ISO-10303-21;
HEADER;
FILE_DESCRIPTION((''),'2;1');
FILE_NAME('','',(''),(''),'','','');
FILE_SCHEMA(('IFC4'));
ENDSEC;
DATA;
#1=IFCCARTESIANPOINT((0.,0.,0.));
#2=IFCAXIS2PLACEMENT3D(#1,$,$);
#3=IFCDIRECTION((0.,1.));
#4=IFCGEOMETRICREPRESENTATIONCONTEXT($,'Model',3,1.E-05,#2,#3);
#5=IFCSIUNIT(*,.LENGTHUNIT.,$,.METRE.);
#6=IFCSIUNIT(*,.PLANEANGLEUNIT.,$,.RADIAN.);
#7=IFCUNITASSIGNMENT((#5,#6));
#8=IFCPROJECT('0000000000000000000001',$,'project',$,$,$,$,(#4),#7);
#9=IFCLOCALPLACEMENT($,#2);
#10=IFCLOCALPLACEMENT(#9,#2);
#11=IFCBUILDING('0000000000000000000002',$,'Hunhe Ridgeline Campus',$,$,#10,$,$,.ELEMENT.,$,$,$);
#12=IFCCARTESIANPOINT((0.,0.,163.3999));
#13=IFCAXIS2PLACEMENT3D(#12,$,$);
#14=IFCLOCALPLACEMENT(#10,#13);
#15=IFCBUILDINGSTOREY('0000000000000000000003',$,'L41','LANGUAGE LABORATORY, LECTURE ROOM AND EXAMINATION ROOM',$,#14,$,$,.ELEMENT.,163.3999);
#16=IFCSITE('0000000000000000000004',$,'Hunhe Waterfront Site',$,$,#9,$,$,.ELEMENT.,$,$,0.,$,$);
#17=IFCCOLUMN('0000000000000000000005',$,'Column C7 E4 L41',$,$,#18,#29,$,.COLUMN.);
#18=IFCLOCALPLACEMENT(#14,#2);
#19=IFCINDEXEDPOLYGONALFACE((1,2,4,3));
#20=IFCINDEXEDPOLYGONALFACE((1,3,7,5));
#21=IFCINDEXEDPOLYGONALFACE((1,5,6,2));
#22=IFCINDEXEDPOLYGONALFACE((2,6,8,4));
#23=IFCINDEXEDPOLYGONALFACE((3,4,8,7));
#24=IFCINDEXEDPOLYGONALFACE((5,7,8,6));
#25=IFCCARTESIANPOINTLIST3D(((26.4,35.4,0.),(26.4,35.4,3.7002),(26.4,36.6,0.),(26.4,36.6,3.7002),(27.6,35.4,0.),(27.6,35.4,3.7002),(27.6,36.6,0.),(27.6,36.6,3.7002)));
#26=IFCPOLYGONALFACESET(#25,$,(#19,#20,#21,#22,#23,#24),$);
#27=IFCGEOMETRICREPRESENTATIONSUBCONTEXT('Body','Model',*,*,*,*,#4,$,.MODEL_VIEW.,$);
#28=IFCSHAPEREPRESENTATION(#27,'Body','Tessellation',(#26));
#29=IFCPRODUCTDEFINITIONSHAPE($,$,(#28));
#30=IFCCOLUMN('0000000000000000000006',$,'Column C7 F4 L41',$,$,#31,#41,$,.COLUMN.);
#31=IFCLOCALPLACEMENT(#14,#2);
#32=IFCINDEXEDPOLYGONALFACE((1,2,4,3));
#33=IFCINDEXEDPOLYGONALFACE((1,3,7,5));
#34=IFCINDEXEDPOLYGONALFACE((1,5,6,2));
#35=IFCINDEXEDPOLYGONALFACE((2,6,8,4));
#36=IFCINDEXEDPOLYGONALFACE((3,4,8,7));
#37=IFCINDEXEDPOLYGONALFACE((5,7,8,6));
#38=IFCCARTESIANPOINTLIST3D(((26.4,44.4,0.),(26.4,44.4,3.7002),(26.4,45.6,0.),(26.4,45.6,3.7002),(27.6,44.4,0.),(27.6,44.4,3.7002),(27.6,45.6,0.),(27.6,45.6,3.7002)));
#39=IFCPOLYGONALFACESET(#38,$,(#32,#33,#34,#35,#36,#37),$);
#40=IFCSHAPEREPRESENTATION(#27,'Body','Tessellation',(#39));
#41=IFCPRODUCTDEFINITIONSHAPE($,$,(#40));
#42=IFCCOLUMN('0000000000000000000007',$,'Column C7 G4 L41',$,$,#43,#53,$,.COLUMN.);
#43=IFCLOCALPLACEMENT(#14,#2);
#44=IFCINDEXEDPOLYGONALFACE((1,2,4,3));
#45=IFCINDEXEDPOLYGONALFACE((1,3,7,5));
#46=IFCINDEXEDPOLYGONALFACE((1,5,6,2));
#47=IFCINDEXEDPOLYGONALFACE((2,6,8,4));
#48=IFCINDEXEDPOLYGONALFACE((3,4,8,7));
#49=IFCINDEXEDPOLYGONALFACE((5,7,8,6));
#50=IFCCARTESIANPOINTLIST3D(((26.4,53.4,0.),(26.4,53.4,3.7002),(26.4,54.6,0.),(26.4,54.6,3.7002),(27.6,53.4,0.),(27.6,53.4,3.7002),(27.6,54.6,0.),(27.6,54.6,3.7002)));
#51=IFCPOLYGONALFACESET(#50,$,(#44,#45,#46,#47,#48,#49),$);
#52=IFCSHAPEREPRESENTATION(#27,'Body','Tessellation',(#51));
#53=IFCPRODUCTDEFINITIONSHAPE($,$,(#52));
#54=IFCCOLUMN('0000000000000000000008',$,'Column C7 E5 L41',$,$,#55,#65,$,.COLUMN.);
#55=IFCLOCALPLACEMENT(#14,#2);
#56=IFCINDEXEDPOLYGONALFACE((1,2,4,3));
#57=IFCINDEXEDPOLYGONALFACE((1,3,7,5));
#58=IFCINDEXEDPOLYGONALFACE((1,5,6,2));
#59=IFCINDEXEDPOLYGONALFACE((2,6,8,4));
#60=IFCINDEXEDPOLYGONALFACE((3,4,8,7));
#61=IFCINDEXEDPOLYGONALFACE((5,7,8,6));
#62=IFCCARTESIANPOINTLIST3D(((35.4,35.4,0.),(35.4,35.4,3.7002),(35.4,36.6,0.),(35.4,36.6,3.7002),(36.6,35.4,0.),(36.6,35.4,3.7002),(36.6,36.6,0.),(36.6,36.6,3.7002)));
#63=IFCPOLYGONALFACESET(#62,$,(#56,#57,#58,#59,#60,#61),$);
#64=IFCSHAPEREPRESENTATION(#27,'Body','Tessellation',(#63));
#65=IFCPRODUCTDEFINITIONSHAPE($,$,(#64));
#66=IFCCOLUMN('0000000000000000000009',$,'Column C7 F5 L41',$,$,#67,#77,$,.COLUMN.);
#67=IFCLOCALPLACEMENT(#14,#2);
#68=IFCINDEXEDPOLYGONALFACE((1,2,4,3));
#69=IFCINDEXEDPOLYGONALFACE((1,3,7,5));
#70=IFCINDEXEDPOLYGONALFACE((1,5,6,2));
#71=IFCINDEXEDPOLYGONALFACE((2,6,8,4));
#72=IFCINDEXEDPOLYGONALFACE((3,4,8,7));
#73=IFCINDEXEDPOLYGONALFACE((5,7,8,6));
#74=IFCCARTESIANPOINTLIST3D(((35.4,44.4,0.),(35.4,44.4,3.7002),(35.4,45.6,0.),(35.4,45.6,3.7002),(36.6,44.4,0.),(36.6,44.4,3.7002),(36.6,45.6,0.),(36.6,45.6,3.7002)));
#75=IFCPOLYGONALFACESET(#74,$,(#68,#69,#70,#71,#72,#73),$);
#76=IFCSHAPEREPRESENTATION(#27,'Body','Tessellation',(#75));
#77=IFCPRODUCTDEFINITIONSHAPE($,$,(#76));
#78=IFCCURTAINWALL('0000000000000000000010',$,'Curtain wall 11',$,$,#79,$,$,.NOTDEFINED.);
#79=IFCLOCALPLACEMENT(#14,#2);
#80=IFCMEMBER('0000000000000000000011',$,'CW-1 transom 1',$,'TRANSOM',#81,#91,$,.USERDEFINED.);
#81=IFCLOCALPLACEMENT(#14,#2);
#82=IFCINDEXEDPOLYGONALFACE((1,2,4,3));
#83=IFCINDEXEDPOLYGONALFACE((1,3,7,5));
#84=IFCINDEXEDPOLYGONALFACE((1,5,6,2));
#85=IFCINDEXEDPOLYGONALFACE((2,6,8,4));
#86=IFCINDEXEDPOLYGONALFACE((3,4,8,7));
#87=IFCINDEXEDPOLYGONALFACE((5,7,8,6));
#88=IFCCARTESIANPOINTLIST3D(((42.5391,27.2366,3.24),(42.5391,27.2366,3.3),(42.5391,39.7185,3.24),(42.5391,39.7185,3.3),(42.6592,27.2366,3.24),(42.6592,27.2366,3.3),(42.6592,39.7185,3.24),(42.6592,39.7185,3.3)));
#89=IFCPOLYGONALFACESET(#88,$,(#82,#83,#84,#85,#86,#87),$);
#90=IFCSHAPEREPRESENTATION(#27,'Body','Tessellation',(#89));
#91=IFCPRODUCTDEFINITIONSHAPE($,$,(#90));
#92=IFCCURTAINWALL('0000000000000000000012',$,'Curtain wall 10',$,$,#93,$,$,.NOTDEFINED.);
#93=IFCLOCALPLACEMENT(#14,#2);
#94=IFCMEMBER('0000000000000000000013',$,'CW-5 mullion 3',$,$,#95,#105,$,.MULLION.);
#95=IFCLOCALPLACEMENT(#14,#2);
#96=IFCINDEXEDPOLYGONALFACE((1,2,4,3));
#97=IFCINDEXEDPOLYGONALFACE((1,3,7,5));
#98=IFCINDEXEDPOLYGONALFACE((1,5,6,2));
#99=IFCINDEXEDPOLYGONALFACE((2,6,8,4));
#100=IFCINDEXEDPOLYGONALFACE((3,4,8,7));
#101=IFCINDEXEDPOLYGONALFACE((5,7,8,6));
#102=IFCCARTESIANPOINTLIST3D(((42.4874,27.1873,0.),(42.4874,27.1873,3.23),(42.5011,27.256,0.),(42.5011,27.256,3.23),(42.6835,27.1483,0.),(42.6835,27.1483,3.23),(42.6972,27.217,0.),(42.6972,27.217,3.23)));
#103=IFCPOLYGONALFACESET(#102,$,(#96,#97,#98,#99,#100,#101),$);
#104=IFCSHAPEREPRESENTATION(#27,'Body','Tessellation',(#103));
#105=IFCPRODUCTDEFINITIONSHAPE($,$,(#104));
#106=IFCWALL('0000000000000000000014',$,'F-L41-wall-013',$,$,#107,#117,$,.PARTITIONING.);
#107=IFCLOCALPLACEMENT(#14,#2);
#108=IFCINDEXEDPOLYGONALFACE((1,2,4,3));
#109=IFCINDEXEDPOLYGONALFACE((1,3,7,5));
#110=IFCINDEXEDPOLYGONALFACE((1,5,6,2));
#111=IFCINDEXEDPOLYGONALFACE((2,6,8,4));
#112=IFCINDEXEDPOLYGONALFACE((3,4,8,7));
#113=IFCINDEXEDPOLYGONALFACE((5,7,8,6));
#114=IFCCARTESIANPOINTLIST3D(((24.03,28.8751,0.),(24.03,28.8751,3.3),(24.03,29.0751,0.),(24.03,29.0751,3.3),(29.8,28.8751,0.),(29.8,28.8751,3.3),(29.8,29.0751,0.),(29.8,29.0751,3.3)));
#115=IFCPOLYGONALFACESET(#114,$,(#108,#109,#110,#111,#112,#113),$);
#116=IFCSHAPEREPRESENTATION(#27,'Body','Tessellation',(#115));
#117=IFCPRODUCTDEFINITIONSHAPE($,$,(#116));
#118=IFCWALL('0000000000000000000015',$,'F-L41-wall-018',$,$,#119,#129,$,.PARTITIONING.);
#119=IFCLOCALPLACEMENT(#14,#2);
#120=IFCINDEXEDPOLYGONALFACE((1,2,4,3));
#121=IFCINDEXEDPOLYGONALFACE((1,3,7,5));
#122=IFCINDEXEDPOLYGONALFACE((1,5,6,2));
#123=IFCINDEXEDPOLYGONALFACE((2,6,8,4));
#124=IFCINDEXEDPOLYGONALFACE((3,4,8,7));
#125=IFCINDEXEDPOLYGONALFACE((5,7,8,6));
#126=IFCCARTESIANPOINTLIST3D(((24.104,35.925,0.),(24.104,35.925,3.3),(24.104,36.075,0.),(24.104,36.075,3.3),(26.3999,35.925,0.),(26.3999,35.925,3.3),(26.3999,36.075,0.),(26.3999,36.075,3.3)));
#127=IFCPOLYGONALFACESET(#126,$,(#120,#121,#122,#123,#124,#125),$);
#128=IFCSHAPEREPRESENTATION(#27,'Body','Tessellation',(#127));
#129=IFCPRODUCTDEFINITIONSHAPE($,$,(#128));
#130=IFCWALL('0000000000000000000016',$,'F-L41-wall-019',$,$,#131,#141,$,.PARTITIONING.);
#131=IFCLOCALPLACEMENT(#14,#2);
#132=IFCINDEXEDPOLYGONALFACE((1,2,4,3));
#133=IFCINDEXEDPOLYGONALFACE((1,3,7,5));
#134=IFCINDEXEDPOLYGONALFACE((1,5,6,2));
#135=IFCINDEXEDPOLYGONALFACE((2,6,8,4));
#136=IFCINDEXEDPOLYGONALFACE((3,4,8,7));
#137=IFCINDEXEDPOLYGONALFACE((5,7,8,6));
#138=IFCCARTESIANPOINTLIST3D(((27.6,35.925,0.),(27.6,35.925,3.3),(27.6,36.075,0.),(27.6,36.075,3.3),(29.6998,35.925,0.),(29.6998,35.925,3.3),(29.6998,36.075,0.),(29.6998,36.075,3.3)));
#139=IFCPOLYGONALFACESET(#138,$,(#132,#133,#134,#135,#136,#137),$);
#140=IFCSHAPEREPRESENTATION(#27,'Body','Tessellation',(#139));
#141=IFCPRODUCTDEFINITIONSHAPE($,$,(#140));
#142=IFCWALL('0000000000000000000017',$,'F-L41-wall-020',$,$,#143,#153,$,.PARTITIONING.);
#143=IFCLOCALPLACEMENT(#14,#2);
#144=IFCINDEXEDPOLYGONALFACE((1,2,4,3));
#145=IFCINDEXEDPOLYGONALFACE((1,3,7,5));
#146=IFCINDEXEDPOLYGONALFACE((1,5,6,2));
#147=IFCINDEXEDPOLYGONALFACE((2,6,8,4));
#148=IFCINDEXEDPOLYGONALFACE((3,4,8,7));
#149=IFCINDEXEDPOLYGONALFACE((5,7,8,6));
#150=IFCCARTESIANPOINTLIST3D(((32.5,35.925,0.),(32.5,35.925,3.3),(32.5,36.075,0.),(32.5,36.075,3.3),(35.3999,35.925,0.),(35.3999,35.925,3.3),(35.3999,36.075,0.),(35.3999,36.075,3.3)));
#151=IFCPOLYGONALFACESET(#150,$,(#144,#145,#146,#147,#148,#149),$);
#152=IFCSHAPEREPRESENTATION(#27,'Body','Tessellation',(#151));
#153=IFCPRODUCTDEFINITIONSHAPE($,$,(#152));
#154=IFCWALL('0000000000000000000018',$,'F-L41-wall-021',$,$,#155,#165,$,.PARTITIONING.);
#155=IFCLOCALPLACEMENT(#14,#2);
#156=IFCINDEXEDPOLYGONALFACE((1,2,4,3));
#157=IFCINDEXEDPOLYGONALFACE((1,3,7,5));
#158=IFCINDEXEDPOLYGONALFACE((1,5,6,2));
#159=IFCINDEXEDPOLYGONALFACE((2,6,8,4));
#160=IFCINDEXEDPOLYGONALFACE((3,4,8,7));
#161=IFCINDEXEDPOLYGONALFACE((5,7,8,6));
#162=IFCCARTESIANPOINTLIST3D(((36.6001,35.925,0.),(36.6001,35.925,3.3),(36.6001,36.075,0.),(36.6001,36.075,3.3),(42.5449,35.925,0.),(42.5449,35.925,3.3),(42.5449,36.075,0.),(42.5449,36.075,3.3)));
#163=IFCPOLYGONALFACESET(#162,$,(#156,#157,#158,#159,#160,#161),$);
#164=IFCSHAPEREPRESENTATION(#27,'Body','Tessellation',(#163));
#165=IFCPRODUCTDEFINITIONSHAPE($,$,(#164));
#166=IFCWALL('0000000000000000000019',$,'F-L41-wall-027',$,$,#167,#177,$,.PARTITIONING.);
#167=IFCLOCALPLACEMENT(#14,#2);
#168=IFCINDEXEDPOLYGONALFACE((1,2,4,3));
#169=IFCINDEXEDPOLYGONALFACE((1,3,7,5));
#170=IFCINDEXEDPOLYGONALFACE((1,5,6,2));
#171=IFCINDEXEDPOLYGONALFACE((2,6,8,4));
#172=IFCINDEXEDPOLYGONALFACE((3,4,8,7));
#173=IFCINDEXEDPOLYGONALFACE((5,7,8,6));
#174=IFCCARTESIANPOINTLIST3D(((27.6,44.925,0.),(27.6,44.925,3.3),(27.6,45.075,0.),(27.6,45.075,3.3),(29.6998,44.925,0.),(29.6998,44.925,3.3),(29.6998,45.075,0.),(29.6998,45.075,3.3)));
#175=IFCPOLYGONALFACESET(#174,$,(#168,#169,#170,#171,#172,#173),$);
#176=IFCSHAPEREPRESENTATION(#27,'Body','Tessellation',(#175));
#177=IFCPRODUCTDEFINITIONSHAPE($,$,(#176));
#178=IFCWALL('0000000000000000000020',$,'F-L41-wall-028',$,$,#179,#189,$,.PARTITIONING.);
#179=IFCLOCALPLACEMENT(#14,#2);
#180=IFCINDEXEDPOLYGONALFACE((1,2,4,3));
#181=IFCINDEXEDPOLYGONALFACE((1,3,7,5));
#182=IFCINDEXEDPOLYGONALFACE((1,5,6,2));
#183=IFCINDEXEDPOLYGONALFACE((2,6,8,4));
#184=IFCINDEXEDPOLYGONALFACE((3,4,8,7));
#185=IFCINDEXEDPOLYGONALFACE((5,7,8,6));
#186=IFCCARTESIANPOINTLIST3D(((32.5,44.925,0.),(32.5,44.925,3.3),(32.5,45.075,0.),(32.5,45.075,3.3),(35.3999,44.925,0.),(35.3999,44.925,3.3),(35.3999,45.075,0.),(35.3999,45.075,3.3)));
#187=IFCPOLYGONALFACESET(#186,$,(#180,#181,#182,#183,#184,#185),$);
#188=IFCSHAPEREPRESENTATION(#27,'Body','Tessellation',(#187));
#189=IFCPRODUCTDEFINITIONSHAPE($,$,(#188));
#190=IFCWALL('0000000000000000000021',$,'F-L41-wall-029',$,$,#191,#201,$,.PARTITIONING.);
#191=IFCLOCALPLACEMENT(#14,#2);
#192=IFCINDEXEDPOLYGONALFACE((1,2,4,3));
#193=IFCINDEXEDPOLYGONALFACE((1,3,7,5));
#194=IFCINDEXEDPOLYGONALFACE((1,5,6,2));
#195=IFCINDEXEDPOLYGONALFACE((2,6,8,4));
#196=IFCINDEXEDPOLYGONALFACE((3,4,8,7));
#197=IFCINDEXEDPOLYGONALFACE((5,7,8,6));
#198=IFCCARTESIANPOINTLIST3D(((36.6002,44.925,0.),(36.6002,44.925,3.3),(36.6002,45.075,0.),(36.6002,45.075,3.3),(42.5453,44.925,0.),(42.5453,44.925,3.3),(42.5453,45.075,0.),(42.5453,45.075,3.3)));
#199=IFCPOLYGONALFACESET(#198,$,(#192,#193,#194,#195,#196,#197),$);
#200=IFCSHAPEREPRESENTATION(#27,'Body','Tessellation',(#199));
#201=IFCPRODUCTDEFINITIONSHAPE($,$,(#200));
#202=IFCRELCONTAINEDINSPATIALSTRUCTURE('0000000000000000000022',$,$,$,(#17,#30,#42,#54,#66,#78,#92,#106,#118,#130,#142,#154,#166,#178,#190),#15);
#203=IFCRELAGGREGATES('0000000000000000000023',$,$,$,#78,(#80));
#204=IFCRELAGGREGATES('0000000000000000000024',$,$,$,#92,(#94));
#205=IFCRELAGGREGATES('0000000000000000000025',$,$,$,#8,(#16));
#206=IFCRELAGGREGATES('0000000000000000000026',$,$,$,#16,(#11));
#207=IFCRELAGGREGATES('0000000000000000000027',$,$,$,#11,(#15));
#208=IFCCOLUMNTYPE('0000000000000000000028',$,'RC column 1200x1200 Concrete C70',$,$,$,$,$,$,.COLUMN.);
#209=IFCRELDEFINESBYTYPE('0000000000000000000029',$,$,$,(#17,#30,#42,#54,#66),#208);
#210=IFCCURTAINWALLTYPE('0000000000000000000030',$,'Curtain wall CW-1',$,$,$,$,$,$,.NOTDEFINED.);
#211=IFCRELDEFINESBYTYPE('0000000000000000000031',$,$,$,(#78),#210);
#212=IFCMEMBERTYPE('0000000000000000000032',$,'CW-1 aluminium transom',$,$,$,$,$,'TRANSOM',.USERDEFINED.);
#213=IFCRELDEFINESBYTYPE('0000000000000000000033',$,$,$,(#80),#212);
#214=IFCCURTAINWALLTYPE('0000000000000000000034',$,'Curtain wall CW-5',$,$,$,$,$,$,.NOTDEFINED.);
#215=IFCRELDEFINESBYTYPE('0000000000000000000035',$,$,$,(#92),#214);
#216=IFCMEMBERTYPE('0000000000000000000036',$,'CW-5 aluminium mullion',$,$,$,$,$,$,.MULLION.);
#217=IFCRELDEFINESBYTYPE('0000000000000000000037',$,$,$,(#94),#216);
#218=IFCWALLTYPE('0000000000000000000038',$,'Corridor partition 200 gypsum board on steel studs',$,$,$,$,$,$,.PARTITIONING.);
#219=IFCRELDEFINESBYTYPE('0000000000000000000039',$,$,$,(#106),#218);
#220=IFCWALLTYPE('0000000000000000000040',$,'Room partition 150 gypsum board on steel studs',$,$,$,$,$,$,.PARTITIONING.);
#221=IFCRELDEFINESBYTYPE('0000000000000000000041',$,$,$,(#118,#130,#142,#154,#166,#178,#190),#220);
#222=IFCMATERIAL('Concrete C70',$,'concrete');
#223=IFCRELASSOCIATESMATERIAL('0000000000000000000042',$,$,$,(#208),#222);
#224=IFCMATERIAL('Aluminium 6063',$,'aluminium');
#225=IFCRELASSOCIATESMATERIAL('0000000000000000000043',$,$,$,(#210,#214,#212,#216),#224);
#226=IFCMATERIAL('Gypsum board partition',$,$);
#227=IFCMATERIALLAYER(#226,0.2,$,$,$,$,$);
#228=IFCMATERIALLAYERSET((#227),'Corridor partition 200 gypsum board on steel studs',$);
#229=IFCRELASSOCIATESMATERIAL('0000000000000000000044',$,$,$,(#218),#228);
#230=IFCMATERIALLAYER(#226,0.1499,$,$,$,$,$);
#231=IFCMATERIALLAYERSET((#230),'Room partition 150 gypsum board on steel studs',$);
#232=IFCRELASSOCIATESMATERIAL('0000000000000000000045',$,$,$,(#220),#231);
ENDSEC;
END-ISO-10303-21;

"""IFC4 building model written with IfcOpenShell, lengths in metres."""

from ifc_helpers import new_model, si_unit, direction, frame, frame_2d, origin, origin_2d, place, context, subcontext, project, spatial, rectangle, extrude, material, layer, layer_set, material_profile, profile_set, type_object, element, aggregate, save


model = new_model("IFC4")

# Units and contexts
model_context = context("Model", 3, precision=1e-05, world=origin(), true_north=direction((0.0, 1.0)))
body_context = subcontext(model_context, "Body", "Model", "MODEL_VIEW")
ifc_project = project(units=[si_unit("LENGTHUNIT", "METRE"), si_unit("PLANEANGLEUNIT", "RADIAN")], contexts=[model_context])

# Site, building, storey
site_placement = place(None, origin())
site = spatial("IfcSite", under=ifc_project, at=site_placement, Name="Hunhe Waterfront Site", CompositionType="ELEMENT", RefElevation=0.0)
building_placement = place(site_placement, origin())
building = spatial("IfcBuilding", under=site, at=building_placement, Name="Hunhe Ridgeline Campus", CompositionType="ELEMENT")
storey_placement = place(building_placement, frame((0.0, 0.0, 163.3999)))
storey = spatial("IfcBuildingStorey", under=building, at=storey_placement, Name="L41", Description="LANGUAGE LABORATORY, LECTURE ROOM AND EXAMINATION ROOM", CompositionType="ELEMENT", Elevation=163.3999)

# Columns
ifc_material_1 = material(Name="Concrete C70", Category="concrete")
ifc_material_profile_1 = material_profile(ifc_material_1, rectangle(XDim=1.2, YDim=1.2, at=origin_2d()))
ifc_profile_set_1 = profile_set([ifc_material_profile_1], Name="Concrete C70")
column_type = type_object("IfcColumnType", Name="RC column 1200x1200 Concrete C70", PredefinedType="COLUMN", material=ifc_profile_set_1)
for number, where, z_axis, x_axis, name in (
    (1, (27.0, 36.0, 0.0), (0.0, 0.0, 1.0), (1.0, 0.0, 0.0), "Column C7 E4 L41"),
    (2, (27.0, 45.0, 0.0), (0.0, 0.0, 1.0), (1.0, 0.0, 0.0), "Column C7 F4 L41"),
    (3, (27.0, 54.0, 0.0), (0.0, 0.0, 1.0), (1.0, 0.0, 0.0), "Column C7 G4 L41"),
    (4, (36.0, 36.0, 0.0), (0.0, 0.0, 1.0), (1.0, 0.0, 0.0), "Column C7 E5 L41"),
    (5, (36.0, 45.0, 0.0), (0.0, 0.0, 1.0), (1.0, 0.0, 0.0), "Column C7 F5 L41"),
):
    element("IfcColumn", number, at=place(storey_placement, frame(where, z_axis=z_axis, x_axis=x_axis)), inside=storey, type_object=column_type, Name=name, PredefinedType="COLUMN", context=body_context, shape_type="SweptSolid", body=[
        extrude(rectangle(XDim=1.2, YDim=1.2, at=origin_2d()), origin(), (0.0, 0.0, 1.0), 3.7002),
    ])

# Curtain walls, members
ifc_material_2 = material(Name="Aluminium 6063", Category="aluminium")
curtain_wall_type_1 = type_object("IfcCurtainWallType", Name="Curtain wall CW-1", PredefinedType="NOTDEFINED", material=ifc_material_2)
curtain_wall_1_placement = place(storey_placement, origin())
curtain_wall_1 = element("IfcCurtainWall", 6, at=curtain_wall_1_placement, inside=storey, type_object=curtain_wall_type_1, Name="Curtain wall 11", PredefinedType="NOTDEFINED")
ifc_material_profile_2 = material_profile(ifc_material_2, rectangle(XDim=0.1201, YDim=0.0601, at=origin_2d()))
ifc_profile_set_2 = profile_set([ifc_material_profile_2], Name="Aluminium 6063")
member_type_1 = type_object("IfcMemberType", Name="CW-1 aluminium transom", ElementType="TRANSOM", PredefinedType="USERDEFINED", material=ifc_profile_set_2)
member_1_placement = place(storey_placement, frame((42.5991, 27.2366, 3.27), z_axis=(0.0, 1.0, 0.0), x_axis=(-1.0, 0.0, 0.0)))
member_1 = element("IfcMember", 7, at=member_1_placement, type_object=member_type_1, Name="CW-1 transom 1", ObjectType="TRANSOM", PredefinedType="USERDEFINED", context=body_context, shape_type="SweptSolid", body=[
    extrude(rectangle(XDim=0.1201, YDim=0.0601, at=origin_2d()), origin(), (0.0, 0.0, 1.0), 12.4819),
])
aggregate(curtain_wall_1, [member_1])
curtain_wall_type_2 = type_object("IfcCurtainWallType", Name="Curtain wall CW-5", PredefinedType="NOTDEFINED", material=ifc_material_2)
curtain_wall_2_placement = place(storey_placement, origin())
curtain_wall_2 = element("IfcCurtainWall", 8, at=curtain_wall_2_placement, inside=storey, type_object=curtain_wall_type_2, Name="Curtain wall 10", PredefinedType="NOTDEFINED")
ifc_material_profile_3 = material_profile(ifc_material_2, rectangle(XDim=0.2, YDim=0.0701, at=origin_2d()))
ifc_profile_set_3 = profile_set([ifc_material_profile_3], Name="Aluminium 6063")
member_type_2 = type_object("IfcMemberType", Name="CW-5 aluminium mullion", PredefinedType="MULLION", material=ifc_profile_set_3)
member_2_placement = place(storey_placement, frame((42.5923, 27.2021, 0.0), z_axis=(0.0, 0.0, 1.0), x_axis=(-0.980785, 0.19509, 0.0)))
member_2 = element("IfcMember", 9, at=member_2_placement, type_object=member_type_2, Name="CW-5 mullion 3", PredefinedType="MULLION", context=body_context, shape_type="SweptSolid", body=[
    extrude(rectangle(XDim=0.2, YDim=0.0701, at=origin_2d()), origin(), (0.0, 0.0, 1.0), 3.23),
])
aggregate(curtain_wall_2, [member_2])

# Wall
ifc_material_3 = material(Name="Gypsum board partition")
ifc_layer_1 = layer(ifc_material_3, 0.2)
ifc_layer_set_1 = layer_set([ifc_layer_1], Name="Corridor partition 200 gypsum board on steel studs")
wall_type_1 = type_object("IfcWallType", Name="Corridor partition 200 gypsum board on steel studs", PredefinedType="PARTITIONING", material=ifc_layer_set_1)
wall_1_placement = place(storey_placement, frame((29.8, 28.9751, 0.0), z_axis=(0.0, 0.0, 1.0), x_axis=(-1.0, 0.0, 0.0)))
element("IfcWall", 10, at=wall_1_placement, inside=storey, type_object=wall_type_1, Name="F-L41-wall-013", PredefinedType="PARTITIONING", context=body_context, shape_type="SweptSolid", body=[
    extrude(rectangle(XDim=5.77, YDim=0.2, at=frame_2d((2.885, 0.0))), origin(), (0.0, 0.0, 1.0), 3.3),
])

# Walls
ifc_layer_2 = layer(ifc_material_3, 0.1499)
ifc_layer_set_2 = layer_set([ifc_layer_2], Name="Room partition 150 gypsum board on steel studs")
wall_type_2 = type_object("IfcWallType", Name="Room partition 150 gypsum board on steel studs", PredefinedType="PARTITIONING", material=ifc_layer_set_2)
wall_2_placement = place(storey_placement, frame((24.104, 36.0, 0.0), z_axis=(0.0, 0.0, 1.0), x_axis=(1.0, 0.0, 0.0)))
element("IfcWall", 11, at=wall_2_placement, inside=storey, type_object=wall_type_2, Name="F-L41-wall-018", PredefinedType="PARTITIONING", context=body_context, shape_type="SweptSolid", body=[
    extrude(rectangle(XDim=2.2959, YDim=0.1499, at=frame_2d((1.1479, 0.0))), origin(), (0.0, 0.0, 1.0), 3.3),
])
wall_3_placement = place(storey_placement, frame((27.6001, 36.0, 0.0), z_axis=(0.0, 0.0, 1.0), x_axis=(1.0, 0.0, 0.0)))
element("IfcWall", 12, at=wall_3_placement, inside=storey, type_object=wall_type_2, Name="F-L41-wall-019", PredefinedType="PARTITIONING", context=body_context, shape_type="SweptSolid", body=[
    extrude(rectangle(XDim=2.0999, YDim=0.1499, at=frame_2d((1.0498, 0.0))), origin(), (0.0, 0.0, 1.0), 3.3),
])
wall_4_placement = place(storey_placement, frame((32.5, 36.0, 0.0), z_axis=(0.0, 0.0, 1.0), x_axis=(1.0, 0.0, 0.0)))
element("IfcWall", 13, at=wall_4_placement, inside=storey, type_object=wall_type_2, Name="F-L41-wall-020", PredefinedType="PARTITIONING", context=body_context, shape_type="SweptSolid", body=[
    extrude(rectangle(XDim=2.8999, YDim=0.1499, at=frame_2d((1.45, 0.0))), origin(), (0.0, 0.0, 1.0), 3.3),
])
wall_5_placement = place(storey_placement, frame((36.6001, 36.0, 0.0), z_axis=(0.0, 0.0, 1.0), x_axis=(1.0, 0.0, 0.0)))
element("IfcWall", 14, at=wall_5_placement, inside=storey, type_object=wall_type_2, Name="F-L41-wall-021", PredefinedType="PARTITIONING", context=body_context, shape_type="SweptSolid", body=[
    extrude(rectangle(XDim=5.9448, YDim=0.1499, at=frame_2d((2.9724, 0.0))), origin(), (0.0, 0.0, 1.0), 3.3),
])
wall_6_placement = place(storey_placement, frame((27.6001, 45.0, 0.0), z_axis=(0.0, 0.0, 1.0), x_axis=(1.0, 0.0, 0.0)))
element("IfcWall", 15, at=wall_6_placement, inside=storey, type_object=wall_type_2, Name="F-L41-wall-027", PredefinedType="PARTITIONING", context=body_context, shape_type="SweptSolid", body=[
    extrude(rectangle(XDim=2.0999, YDim=0.1499, at=frame_2d((1.0498, 0.0))), origin(), (0.0, 0.0, 1.0), 3.3),
])
wall_7_placement = place(storey_placement, frame((32.5, 45.0, 0.0), z_axis=(0.0, 0.0, 1.0), x_axis=(1.0, 0.0, 0.0)))
element("IfcWall", 16, at=wall_7_placement, inside=storey, type_object=wall_type_2, Name="F-L41-wall-028", PredefinedType="PARTITIONING", context=body_context, shape_type="SweptSolid", body=[
    extrude(rectangle(XDim=2.8999, YDim=0.1499, at=frame_2d((1.45, 0.0))), origin(), (0.0, 0.0, 1.0), 3.3),
])
wall_8_placement = place(storey_placement, frame((36.6001, 45.0, 0.0), z_axis=(0.0, 0.0, 1.0), x_axis=(1.0, 0.0, 0.0)))
element("IfcWall", 17, at=wall_8_placement, inside=storey, type_object=wall_type_2, Name="F-L41-wall-029", PredefinedType="PARTITIONING", context=body_context, shape_type="SweptSolid", body=[
    extrude(rectangle(XDim=5.9451, YDim=0.1499, at=frame_2d((2.9727, 0.0))), origin(), (0.0, 0.0, 1.0), 3.3),
])

save(model, "model.ifc")
